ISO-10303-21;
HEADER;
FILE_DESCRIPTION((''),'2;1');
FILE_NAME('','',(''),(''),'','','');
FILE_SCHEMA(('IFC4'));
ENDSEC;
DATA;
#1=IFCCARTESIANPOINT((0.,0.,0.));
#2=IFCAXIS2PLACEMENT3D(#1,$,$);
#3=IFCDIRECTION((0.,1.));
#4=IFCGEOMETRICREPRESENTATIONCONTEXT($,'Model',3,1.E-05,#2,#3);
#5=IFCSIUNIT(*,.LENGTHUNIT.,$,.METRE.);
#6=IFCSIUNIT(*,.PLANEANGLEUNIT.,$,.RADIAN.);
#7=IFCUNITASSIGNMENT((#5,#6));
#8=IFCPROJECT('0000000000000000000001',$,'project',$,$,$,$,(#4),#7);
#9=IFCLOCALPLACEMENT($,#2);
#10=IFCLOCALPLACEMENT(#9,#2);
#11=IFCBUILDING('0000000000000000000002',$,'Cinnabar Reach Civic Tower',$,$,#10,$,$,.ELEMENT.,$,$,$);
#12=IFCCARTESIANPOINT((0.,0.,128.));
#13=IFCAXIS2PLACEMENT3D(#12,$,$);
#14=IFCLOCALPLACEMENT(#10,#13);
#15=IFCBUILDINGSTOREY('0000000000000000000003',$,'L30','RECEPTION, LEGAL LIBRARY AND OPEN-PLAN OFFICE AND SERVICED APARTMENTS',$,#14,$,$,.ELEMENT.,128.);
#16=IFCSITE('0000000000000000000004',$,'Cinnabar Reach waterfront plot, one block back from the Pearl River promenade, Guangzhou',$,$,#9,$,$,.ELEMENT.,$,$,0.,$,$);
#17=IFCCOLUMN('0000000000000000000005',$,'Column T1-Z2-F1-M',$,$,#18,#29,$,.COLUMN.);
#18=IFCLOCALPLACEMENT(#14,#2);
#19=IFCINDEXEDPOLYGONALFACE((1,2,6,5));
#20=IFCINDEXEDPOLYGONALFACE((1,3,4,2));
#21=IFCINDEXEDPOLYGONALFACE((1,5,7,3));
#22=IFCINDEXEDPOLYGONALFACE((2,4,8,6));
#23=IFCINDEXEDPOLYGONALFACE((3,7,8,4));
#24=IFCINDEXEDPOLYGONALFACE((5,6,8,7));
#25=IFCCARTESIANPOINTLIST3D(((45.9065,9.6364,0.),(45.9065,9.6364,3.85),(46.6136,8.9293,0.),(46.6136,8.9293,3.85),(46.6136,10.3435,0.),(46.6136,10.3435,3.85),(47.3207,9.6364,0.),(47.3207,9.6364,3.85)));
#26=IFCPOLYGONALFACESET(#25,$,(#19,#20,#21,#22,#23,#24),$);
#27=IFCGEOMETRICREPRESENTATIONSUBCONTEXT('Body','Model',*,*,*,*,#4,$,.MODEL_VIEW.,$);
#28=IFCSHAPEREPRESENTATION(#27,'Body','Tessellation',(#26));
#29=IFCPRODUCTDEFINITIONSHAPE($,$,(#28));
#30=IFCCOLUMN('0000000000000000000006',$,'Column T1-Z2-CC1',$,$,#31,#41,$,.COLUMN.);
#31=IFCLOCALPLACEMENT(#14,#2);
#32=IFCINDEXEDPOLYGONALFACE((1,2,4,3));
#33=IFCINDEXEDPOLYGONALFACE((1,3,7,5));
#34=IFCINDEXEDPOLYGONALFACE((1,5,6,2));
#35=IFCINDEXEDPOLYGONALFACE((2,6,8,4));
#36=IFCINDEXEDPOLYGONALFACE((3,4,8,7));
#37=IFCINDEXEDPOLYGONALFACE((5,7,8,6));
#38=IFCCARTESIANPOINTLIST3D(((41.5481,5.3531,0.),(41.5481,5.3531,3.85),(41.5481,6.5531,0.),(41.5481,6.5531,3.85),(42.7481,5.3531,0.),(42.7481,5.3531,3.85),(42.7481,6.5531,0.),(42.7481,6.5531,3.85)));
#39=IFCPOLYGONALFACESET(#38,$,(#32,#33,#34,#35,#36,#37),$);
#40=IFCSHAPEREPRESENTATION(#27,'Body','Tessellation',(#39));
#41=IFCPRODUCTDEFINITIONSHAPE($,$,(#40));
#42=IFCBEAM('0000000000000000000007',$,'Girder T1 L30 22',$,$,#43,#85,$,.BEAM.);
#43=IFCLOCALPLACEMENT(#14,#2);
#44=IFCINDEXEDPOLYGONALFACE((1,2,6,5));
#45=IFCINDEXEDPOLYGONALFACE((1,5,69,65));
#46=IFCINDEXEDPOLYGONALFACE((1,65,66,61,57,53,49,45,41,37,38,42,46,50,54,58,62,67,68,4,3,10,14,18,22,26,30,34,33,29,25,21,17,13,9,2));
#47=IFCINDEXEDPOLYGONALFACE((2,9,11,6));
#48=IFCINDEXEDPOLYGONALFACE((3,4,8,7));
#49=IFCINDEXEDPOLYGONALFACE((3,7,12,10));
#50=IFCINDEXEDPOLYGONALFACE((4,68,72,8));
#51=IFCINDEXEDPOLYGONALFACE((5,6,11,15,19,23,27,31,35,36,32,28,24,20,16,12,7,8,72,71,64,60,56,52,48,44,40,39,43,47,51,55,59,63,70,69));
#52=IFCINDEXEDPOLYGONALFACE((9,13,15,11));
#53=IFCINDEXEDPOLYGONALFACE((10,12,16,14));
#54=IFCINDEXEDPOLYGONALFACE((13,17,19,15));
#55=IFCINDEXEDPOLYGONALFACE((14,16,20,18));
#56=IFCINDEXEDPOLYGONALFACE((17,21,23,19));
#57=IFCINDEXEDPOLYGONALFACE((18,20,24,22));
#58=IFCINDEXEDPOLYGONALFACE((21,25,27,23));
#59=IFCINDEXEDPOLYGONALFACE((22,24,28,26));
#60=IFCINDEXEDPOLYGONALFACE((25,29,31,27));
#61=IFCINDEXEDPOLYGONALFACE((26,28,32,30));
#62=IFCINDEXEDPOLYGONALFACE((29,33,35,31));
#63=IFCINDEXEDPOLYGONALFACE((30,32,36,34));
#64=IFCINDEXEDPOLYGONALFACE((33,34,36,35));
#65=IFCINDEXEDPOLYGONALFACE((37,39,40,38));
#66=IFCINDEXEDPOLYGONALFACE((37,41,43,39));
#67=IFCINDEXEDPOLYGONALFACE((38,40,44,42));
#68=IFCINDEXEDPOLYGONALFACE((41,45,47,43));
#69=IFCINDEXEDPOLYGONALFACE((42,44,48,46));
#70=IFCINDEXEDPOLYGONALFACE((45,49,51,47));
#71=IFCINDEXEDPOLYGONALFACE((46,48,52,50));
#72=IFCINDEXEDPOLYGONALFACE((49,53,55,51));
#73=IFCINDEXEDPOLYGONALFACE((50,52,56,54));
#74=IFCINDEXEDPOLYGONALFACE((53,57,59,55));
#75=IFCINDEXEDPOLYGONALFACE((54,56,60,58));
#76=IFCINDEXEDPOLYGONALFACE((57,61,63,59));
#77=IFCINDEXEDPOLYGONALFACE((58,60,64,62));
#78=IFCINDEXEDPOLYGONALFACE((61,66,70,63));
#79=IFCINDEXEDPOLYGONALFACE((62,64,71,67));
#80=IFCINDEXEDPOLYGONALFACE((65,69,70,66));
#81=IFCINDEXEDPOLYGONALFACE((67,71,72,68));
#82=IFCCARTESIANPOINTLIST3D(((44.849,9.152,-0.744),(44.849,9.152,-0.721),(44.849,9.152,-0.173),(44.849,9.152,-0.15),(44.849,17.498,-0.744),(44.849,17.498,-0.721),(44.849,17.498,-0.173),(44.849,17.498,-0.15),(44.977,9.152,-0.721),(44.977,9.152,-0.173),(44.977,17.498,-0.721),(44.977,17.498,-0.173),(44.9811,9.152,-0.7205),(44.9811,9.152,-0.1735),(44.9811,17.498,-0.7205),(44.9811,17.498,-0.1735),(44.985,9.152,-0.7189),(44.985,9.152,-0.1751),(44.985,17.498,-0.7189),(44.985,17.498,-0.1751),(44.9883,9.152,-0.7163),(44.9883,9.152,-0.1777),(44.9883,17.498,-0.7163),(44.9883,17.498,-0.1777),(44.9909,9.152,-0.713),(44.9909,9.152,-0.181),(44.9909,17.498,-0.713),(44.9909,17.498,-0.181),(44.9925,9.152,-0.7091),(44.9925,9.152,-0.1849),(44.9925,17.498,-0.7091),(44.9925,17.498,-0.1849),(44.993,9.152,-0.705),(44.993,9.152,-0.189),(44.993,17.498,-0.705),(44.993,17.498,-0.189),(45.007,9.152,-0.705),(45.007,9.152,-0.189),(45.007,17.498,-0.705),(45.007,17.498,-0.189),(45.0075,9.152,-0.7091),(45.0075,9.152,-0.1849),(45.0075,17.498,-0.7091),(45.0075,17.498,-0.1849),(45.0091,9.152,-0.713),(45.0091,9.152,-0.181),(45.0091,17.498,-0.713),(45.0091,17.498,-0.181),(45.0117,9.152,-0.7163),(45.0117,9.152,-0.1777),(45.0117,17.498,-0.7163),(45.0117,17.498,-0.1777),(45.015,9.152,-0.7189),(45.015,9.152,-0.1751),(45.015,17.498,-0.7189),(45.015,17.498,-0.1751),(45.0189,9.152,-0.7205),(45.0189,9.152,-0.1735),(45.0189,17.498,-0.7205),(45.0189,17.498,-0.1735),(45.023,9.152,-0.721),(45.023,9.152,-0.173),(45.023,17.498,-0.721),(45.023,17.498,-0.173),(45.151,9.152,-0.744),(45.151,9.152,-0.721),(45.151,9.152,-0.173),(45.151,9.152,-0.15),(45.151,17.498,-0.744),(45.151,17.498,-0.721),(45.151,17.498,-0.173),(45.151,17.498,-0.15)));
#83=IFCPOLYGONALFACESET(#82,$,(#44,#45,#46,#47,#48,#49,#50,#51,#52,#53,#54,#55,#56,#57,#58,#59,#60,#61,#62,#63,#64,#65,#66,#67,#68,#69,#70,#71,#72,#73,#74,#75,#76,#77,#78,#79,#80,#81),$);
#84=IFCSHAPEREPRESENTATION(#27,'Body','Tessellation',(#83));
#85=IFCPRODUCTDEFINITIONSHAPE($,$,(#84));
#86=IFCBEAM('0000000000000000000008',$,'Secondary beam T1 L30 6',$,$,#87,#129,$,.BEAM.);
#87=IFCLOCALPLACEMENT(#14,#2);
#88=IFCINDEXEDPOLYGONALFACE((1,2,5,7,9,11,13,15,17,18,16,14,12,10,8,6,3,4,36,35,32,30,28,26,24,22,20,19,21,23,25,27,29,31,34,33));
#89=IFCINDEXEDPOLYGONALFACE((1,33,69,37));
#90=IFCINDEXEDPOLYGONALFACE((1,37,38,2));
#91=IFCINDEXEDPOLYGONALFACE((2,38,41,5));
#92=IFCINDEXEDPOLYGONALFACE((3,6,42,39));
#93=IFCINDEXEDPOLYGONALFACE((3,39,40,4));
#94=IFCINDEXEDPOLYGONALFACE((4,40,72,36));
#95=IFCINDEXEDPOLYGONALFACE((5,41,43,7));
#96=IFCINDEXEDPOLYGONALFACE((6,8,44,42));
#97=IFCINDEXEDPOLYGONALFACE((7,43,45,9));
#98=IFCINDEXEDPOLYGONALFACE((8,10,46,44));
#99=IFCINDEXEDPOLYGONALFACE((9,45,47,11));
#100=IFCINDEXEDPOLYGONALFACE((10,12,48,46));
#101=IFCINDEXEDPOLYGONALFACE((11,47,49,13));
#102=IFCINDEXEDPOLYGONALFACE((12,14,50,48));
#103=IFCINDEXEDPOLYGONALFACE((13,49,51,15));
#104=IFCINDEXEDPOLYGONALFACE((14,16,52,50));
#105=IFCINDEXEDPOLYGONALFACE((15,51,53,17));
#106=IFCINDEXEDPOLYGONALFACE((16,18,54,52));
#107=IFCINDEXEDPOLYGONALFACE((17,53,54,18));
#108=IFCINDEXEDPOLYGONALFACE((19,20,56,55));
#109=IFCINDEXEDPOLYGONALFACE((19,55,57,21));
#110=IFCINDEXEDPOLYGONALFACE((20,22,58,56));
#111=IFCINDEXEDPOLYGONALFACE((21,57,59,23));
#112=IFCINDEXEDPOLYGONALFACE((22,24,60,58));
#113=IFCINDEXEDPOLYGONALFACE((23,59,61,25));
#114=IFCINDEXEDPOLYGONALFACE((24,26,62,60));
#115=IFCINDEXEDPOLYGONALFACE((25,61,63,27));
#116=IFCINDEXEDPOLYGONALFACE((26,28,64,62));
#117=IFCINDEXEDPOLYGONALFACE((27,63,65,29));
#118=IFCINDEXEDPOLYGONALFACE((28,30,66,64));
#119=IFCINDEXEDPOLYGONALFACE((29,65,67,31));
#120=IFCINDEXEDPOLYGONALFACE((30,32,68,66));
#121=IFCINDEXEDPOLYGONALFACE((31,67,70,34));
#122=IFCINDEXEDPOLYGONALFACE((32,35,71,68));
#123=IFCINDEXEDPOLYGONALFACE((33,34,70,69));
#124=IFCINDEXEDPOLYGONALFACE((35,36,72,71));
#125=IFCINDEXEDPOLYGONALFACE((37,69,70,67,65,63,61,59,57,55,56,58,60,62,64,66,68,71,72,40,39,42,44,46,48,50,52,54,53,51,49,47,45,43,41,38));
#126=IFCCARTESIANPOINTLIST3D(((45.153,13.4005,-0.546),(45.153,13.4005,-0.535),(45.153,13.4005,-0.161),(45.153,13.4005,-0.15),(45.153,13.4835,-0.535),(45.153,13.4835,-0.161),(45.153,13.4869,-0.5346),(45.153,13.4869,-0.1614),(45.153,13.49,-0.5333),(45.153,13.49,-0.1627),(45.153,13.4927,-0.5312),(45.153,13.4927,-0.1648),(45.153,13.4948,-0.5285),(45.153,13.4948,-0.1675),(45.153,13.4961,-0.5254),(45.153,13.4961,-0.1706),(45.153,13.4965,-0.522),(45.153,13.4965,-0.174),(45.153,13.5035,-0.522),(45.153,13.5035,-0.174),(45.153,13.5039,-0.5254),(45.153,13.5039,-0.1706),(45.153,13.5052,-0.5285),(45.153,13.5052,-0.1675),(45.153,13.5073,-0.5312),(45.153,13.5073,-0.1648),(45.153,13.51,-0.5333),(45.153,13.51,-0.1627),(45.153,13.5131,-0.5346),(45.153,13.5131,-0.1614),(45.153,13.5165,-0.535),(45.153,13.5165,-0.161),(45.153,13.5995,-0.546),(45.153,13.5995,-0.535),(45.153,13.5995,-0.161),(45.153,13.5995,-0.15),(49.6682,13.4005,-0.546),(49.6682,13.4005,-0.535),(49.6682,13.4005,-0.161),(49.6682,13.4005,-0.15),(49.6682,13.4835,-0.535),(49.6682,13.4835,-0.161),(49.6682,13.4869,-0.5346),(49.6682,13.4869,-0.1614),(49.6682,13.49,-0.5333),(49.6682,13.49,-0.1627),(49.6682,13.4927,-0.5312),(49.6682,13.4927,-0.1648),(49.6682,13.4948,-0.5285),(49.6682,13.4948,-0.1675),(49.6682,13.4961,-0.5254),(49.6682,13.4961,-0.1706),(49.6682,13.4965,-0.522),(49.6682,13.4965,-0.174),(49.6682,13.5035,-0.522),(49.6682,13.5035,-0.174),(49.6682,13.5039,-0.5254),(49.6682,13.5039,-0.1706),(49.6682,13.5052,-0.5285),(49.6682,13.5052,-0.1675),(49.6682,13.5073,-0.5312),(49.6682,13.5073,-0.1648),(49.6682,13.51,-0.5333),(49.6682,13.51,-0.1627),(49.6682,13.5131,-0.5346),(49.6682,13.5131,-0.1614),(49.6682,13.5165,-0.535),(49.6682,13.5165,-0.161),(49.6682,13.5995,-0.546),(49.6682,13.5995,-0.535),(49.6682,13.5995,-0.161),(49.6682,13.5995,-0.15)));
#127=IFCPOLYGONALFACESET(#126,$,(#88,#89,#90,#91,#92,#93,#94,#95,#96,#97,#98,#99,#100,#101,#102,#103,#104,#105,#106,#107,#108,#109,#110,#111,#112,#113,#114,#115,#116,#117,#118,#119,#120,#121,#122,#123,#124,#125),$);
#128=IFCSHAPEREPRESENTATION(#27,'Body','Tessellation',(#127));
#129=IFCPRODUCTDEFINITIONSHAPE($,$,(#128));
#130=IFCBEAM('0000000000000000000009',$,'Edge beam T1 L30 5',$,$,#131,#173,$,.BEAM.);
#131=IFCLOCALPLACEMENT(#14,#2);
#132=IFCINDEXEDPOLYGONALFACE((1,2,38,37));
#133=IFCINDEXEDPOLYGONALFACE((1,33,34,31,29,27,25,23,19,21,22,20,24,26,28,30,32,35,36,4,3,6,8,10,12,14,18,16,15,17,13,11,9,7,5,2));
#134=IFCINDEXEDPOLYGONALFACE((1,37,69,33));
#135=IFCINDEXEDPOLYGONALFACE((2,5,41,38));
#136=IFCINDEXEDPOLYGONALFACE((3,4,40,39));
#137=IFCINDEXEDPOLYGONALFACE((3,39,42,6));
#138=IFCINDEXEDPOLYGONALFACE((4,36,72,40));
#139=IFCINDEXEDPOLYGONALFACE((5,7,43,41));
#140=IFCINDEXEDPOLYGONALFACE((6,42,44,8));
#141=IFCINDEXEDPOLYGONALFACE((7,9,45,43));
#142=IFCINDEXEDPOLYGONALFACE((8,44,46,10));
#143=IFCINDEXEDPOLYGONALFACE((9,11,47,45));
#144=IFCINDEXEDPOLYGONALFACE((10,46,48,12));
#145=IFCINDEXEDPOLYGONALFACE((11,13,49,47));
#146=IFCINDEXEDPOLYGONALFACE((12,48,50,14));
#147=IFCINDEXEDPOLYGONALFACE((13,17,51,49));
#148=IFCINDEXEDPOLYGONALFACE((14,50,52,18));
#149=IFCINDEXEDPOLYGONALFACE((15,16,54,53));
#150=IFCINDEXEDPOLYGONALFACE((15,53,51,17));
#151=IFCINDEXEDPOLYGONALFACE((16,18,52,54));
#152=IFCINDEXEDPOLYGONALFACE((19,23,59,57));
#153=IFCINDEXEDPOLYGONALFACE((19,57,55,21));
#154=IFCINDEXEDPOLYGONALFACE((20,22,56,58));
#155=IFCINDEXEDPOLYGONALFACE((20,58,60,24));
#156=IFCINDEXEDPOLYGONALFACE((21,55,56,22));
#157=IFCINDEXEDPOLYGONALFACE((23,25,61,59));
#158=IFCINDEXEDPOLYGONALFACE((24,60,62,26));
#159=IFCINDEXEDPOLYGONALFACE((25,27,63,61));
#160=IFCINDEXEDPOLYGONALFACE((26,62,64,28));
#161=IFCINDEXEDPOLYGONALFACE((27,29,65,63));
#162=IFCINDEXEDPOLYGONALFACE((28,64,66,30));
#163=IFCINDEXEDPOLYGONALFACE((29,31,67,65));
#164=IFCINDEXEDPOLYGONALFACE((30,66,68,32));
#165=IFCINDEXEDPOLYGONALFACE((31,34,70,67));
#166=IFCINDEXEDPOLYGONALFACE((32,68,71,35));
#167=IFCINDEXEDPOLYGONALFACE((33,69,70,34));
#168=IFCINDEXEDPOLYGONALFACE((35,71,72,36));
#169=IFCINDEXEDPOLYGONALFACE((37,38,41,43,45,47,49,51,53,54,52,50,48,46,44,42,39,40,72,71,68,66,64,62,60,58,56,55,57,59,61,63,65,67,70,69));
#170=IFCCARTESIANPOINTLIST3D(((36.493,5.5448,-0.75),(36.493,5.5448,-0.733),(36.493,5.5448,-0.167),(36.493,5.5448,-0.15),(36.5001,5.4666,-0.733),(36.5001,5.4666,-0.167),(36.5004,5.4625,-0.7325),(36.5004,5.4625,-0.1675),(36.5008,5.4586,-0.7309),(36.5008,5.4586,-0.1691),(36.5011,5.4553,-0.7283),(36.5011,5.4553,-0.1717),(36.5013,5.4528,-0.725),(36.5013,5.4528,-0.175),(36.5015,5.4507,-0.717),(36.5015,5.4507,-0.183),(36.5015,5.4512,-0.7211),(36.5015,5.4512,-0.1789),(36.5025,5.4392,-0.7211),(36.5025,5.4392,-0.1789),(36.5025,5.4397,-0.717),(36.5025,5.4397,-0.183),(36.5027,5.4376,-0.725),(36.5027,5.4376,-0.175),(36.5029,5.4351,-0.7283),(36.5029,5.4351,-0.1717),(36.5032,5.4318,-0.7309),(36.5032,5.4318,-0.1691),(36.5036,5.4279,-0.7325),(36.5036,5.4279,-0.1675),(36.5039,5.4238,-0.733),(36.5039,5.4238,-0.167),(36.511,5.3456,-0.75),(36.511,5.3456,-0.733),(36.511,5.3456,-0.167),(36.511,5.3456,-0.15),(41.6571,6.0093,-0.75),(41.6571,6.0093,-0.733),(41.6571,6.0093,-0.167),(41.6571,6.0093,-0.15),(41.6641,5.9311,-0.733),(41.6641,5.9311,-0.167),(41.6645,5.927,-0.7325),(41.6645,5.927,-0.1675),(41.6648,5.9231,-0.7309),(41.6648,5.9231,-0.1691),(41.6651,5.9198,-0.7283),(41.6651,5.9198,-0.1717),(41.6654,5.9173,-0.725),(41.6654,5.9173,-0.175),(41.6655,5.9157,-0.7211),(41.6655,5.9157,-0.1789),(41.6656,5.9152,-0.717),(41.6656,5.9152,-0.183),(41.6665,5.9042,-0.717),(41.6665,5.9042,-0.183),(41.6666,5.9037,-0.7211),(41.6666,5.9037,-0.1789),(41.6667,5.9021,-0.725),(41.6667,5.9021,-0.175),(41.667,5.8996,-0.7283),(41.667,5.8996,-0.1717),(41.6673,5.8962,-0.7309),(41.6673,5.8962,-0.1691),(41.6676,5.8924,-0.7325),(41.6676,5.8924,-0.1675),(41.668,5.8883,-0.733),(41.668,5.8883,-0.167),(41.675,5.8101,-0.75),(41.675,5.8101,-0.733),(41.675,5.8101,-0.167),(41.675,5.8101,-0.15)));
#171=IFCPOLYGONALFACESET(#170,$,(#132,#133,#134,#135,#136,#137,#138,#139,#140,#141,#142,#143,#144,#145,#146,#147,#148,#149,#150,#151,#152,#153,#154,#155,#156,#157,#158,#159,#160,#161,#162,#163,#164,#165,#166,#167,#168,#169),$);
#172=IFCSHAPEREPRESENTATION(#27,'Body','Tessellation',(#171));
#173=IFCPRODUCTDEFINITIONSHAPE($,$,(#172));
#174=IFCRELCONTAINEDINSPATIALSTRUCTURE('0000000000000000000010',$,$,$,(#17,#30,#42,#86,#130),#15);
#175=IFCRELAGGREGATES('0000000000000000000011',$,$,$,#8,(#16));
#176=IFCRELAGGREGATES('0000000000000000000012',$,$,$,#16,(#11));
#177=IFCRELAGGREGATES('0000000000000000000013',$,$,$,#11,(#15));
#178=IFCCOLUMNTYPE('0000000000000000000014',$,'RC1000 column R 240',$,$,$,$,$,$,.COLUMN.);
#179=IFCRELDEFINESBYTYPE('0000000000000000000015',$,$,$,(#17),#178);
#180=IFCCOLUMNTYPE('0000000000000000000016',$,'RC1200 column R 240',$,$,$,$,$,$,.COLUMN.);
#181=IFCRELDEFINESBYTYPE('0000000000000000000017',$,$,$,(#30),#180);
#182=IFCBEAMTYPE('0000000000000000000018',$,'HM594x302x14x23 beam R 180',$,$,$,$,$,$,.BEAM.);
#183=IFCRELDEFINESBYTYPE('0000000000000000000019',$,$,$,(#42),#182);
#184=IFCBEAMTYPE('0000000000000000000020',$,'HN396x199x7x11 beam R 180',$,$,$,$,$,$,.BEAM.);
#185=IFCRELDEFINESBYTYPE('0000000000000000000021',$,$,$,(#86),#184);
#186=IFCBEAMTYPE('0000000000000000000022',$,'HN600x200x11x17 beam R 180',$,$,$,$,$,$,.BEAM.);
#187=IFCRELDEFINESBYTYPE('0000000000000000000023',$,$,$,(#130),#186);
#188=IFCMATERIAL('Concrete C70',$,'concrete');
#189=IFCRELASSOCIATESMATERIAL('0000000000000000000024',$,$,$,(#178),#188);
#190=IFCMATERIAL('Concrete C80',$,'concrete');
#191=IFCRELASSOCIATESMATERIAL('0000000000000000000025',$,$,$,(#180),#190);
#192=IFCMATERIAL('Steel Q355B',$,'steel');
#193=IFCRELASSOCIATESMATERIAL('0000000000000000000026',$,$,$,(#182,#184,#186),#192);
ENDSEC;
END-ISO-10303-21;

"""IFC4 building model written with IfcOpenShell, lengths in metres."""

from ifc_helpers import new_model, si_unit, direction, frame, origin, origin_2d, place, context, subcontext, project, spatial, rectangle, i_section, extrude, material, material_profile, profile_set, type_object, element, save


model = new_model("IFC4")

# Units and contexts
model_context = context("Model", 3, precision=1e-05, world=origin(), true_north=direction((0.0, 1.0)))
body_context = subcontext(model_context, "Body", "Model", "MODEL_VIEW")
ifc_project = project(units=[si_unit("LENGTHUNIT", "METRE"), si_unit("PLANEANGLEUNIT", "RADIAN")], contexts=[model_context])

# Site, building, storey
site_placement = place(None, origin())
site = spatial("IfcSite", under=ifc_project, at=site_placement, Name="Cinnabar Reach waterfront plot, one block back from the Pearl River promenade, Guangzhou", CompositionType="ELEMENT", RefElevation=0.0)
building_placement = place(site_placement, origin())
building = spatial("IfcBuilding", under=site, at=building_placement, Name="Cinnabar Reach Civic Tower", CompositionType="ELEMENT")
storey_placement = place(building_placement, frame((0.0, 0.0, 128.0)))
storey = spatial("IfcBuildingStorey", under=building, at=storey_placement, Name="L30", Description="RECEPTION, LEGAL LIBRARY AND OPEN-PLAN OFFICE AND SERVICED APARTMENTS", CompositionType="ELEMENT", Elevation=128.0)

# Columns
ifc_material_1 = material(Name="Concrete C70", Category="concrete")
ifc_material_profile_1 = material_profile(ifc_material_1, rectangle(XDim=1.0, YDim=1.0, at=origin_2d()), Name="RC1000")
ifc_profile_set_1 = profile_set([ifc_material_profile_1], Name="Concrete C70")
column_type_1 = type_object("IfcColumnType", Name="RC1000 column R 240", PredefinedType="COLUMN", material=ifc_profile_set_1)
column_1_placement = place(storey_placement, frame((46.6136, 9.6364, 0.0), z_axis=(0.0, 0.0, 1.0), x_axis=(0.707107, 0.707107, 0.0)))
element("IfcColumn", 1, at=column_1_placement, inside=storey, type_object=column_type_1, Name="Column T1-Z2-F1-M", PredefinedType="COLUMN", context=body_context, shape_type="SweptSolid", body=[
    extrude(rectangle(XDim=1.0, YDim=1.0, at=origin_2d()), origin(), (0.0, 0.0, 1.0), 3.85),
])
ifc_material_2 = material(Name="Concrete C80", Category="concrete")
ifc_material_profile_2 = material_profile(ifc_material_2, rectangle(XDim=1.2, YDim=1.2, at=origin_2d()), Name="RC1200")
ifc_profile_set_2 = profile_set([ifc_material_profile_2], Name="Concrete C80")
column_type_2 = type_object("IfcColumnType", Name="RC1200 column R 240", PredefinedType="COLUMN", material=ifc_profile_set_2)
column_2_placement = place(storey_placement, frame((42.1481, 5.9531, 0.0), z_axis=(0.0, 0.0, 1.0), x_axis=(1.0, 0.0, 0.0)))
element("IfcColumn", 2, at=column_2_placement, inside=storey, type_object=column_type_2, Name="Column T1-Z2-CC1", PredefinedType="COLUMN", context=body_context, shape_type="SweptSolid", body=[
    extrude(rectangle(XDim=1.2, YDim=1.2, at=origin_2d()), origin(), (0.0, 0.0, 1.0), 3.85),
])

# Beams
ifc_material_3 = material(Name="Steel Q355B", Category="steel")
ifc_material_profile_3 = material_profile(ifc_material_3, i_section(OverallWidth=0.302, OverallDepth=0.594, WebThickness=0.014, FlangeThickness=0.023, FilletRadius=0.016, at=origin_2d()), Name="HM594x302x14x23")
ifc_profile_set_3 = profile_set([ifc_material_profile_3], Name="Steel Q355B")
beam_type_1 = type_object("IfcBeamType", Name="HM594x302x14x23 beam R 180", PredefinedType="BEAM", material=ifc_profile_set_3)
beam_1_placement = place(storey_placement, frame((45.0, 9.152, -0.447), z_axis=(0.0, 1.0, 0.0), x_axis=(-1.0, 0.0, 0.0)))
element("IfcBeam", 3, at=beam_1_placement, inside=storey, type_object=beam_type_1, Name="Girder T1 L30 22", PredefinedType="BEAM", context=body_context, shape_type="SweptSolid", body=[
    extrude(i_section(OverallWidth=0.302, OverallDepth=0.594, WebThickness=0.014, FlangeThickness=0.023, FilletRadius=0.016, at=origin_2d()), origin(), (0.0, 0.0, 1.0), 8.346),
])
ifc_material_profile_4 = material_profile(ifc_material_3, i_section(OverallWidth=0.199, OverallDepth=0.396, WebThickness=0.007, FlangeThickness=0.011, FilletRadius=0.013, at=origin_2d()), Name="HN396x199x7x11")
ifc_profile_set_4 = profile_set([ifc_material_profile_4], Name="Steel Q355B")
beam_type_2 = type_object("IfcBeamType", Name="HN396x199x7x11 beam R 180", PredefinedType="BEAM", material=ifc_profile_set_4)
beam_2_placement = place(storey_placement, frame((45.153, 13.5, -0.348), z_axis=(1.0, 0.0, 0.0), x_axis=(0.0, 1.0, 0.0)))
element("IfcBeam", 4, at=beam_2_placement, inside=storey, type_object=beam_type_2, Name="Secondary beam T1 L30 6", PredefinedType="BEAM", context=body_context, shape_type="SweptSolid", body=[
    extrude(i_section(OverallWidth=0.199, OverallDepth=0.396, WebThickness=0.007, FlangeThickness=0.011, FilletRadius=0.013, at=origin_2d()), origin(), (0.0, 0.0, 1.0), 4.5152),
])
ifc_material_profile_5 = material_profile(ifc_material_3, i_section(OverallWidth=0.2, OverallDepth=0.6, WebThickness=0.011, FlangeThickness=0.017, FilletRadius=0.016, at=origin_2d()), Name="HN600x200x11x17")
ifc_profile_set_5 = profile_set([ifc_material_profile_5], Name="Steel Q355B")
beam_type_3 = type_object("IfcBeamType", Name="HN600x200x11x17 beam R 180", PredefinedType="BEAM", material=ifc_profile_set_5)
beam_3_placement = place(storey_placement, frame((36.502, 5.4452, -0.45), z_axis=(0.995979, 0.089586, 0.0), x_axis=(-0.089586, 0.995979, 0.0)))
element("IfcBeam", 5, at=beam_3_placement, inside=storey, type_object=beam_type_3, Name="Edge beam T1 L30 5", PredefinedType="BEAM", context=body_context, shape_type="SweptSolid", body=[
    extrude(i_section(OverallWidth=0.2, OverallDepth=0.6, WebThickness=0.011, FlangeThickness=0.017, FilletRadius=0.016, at=origin_2d()), origin(), (0.0, 0.0, 1.0), 5.1849),
])

save(model, "model.ifc")
